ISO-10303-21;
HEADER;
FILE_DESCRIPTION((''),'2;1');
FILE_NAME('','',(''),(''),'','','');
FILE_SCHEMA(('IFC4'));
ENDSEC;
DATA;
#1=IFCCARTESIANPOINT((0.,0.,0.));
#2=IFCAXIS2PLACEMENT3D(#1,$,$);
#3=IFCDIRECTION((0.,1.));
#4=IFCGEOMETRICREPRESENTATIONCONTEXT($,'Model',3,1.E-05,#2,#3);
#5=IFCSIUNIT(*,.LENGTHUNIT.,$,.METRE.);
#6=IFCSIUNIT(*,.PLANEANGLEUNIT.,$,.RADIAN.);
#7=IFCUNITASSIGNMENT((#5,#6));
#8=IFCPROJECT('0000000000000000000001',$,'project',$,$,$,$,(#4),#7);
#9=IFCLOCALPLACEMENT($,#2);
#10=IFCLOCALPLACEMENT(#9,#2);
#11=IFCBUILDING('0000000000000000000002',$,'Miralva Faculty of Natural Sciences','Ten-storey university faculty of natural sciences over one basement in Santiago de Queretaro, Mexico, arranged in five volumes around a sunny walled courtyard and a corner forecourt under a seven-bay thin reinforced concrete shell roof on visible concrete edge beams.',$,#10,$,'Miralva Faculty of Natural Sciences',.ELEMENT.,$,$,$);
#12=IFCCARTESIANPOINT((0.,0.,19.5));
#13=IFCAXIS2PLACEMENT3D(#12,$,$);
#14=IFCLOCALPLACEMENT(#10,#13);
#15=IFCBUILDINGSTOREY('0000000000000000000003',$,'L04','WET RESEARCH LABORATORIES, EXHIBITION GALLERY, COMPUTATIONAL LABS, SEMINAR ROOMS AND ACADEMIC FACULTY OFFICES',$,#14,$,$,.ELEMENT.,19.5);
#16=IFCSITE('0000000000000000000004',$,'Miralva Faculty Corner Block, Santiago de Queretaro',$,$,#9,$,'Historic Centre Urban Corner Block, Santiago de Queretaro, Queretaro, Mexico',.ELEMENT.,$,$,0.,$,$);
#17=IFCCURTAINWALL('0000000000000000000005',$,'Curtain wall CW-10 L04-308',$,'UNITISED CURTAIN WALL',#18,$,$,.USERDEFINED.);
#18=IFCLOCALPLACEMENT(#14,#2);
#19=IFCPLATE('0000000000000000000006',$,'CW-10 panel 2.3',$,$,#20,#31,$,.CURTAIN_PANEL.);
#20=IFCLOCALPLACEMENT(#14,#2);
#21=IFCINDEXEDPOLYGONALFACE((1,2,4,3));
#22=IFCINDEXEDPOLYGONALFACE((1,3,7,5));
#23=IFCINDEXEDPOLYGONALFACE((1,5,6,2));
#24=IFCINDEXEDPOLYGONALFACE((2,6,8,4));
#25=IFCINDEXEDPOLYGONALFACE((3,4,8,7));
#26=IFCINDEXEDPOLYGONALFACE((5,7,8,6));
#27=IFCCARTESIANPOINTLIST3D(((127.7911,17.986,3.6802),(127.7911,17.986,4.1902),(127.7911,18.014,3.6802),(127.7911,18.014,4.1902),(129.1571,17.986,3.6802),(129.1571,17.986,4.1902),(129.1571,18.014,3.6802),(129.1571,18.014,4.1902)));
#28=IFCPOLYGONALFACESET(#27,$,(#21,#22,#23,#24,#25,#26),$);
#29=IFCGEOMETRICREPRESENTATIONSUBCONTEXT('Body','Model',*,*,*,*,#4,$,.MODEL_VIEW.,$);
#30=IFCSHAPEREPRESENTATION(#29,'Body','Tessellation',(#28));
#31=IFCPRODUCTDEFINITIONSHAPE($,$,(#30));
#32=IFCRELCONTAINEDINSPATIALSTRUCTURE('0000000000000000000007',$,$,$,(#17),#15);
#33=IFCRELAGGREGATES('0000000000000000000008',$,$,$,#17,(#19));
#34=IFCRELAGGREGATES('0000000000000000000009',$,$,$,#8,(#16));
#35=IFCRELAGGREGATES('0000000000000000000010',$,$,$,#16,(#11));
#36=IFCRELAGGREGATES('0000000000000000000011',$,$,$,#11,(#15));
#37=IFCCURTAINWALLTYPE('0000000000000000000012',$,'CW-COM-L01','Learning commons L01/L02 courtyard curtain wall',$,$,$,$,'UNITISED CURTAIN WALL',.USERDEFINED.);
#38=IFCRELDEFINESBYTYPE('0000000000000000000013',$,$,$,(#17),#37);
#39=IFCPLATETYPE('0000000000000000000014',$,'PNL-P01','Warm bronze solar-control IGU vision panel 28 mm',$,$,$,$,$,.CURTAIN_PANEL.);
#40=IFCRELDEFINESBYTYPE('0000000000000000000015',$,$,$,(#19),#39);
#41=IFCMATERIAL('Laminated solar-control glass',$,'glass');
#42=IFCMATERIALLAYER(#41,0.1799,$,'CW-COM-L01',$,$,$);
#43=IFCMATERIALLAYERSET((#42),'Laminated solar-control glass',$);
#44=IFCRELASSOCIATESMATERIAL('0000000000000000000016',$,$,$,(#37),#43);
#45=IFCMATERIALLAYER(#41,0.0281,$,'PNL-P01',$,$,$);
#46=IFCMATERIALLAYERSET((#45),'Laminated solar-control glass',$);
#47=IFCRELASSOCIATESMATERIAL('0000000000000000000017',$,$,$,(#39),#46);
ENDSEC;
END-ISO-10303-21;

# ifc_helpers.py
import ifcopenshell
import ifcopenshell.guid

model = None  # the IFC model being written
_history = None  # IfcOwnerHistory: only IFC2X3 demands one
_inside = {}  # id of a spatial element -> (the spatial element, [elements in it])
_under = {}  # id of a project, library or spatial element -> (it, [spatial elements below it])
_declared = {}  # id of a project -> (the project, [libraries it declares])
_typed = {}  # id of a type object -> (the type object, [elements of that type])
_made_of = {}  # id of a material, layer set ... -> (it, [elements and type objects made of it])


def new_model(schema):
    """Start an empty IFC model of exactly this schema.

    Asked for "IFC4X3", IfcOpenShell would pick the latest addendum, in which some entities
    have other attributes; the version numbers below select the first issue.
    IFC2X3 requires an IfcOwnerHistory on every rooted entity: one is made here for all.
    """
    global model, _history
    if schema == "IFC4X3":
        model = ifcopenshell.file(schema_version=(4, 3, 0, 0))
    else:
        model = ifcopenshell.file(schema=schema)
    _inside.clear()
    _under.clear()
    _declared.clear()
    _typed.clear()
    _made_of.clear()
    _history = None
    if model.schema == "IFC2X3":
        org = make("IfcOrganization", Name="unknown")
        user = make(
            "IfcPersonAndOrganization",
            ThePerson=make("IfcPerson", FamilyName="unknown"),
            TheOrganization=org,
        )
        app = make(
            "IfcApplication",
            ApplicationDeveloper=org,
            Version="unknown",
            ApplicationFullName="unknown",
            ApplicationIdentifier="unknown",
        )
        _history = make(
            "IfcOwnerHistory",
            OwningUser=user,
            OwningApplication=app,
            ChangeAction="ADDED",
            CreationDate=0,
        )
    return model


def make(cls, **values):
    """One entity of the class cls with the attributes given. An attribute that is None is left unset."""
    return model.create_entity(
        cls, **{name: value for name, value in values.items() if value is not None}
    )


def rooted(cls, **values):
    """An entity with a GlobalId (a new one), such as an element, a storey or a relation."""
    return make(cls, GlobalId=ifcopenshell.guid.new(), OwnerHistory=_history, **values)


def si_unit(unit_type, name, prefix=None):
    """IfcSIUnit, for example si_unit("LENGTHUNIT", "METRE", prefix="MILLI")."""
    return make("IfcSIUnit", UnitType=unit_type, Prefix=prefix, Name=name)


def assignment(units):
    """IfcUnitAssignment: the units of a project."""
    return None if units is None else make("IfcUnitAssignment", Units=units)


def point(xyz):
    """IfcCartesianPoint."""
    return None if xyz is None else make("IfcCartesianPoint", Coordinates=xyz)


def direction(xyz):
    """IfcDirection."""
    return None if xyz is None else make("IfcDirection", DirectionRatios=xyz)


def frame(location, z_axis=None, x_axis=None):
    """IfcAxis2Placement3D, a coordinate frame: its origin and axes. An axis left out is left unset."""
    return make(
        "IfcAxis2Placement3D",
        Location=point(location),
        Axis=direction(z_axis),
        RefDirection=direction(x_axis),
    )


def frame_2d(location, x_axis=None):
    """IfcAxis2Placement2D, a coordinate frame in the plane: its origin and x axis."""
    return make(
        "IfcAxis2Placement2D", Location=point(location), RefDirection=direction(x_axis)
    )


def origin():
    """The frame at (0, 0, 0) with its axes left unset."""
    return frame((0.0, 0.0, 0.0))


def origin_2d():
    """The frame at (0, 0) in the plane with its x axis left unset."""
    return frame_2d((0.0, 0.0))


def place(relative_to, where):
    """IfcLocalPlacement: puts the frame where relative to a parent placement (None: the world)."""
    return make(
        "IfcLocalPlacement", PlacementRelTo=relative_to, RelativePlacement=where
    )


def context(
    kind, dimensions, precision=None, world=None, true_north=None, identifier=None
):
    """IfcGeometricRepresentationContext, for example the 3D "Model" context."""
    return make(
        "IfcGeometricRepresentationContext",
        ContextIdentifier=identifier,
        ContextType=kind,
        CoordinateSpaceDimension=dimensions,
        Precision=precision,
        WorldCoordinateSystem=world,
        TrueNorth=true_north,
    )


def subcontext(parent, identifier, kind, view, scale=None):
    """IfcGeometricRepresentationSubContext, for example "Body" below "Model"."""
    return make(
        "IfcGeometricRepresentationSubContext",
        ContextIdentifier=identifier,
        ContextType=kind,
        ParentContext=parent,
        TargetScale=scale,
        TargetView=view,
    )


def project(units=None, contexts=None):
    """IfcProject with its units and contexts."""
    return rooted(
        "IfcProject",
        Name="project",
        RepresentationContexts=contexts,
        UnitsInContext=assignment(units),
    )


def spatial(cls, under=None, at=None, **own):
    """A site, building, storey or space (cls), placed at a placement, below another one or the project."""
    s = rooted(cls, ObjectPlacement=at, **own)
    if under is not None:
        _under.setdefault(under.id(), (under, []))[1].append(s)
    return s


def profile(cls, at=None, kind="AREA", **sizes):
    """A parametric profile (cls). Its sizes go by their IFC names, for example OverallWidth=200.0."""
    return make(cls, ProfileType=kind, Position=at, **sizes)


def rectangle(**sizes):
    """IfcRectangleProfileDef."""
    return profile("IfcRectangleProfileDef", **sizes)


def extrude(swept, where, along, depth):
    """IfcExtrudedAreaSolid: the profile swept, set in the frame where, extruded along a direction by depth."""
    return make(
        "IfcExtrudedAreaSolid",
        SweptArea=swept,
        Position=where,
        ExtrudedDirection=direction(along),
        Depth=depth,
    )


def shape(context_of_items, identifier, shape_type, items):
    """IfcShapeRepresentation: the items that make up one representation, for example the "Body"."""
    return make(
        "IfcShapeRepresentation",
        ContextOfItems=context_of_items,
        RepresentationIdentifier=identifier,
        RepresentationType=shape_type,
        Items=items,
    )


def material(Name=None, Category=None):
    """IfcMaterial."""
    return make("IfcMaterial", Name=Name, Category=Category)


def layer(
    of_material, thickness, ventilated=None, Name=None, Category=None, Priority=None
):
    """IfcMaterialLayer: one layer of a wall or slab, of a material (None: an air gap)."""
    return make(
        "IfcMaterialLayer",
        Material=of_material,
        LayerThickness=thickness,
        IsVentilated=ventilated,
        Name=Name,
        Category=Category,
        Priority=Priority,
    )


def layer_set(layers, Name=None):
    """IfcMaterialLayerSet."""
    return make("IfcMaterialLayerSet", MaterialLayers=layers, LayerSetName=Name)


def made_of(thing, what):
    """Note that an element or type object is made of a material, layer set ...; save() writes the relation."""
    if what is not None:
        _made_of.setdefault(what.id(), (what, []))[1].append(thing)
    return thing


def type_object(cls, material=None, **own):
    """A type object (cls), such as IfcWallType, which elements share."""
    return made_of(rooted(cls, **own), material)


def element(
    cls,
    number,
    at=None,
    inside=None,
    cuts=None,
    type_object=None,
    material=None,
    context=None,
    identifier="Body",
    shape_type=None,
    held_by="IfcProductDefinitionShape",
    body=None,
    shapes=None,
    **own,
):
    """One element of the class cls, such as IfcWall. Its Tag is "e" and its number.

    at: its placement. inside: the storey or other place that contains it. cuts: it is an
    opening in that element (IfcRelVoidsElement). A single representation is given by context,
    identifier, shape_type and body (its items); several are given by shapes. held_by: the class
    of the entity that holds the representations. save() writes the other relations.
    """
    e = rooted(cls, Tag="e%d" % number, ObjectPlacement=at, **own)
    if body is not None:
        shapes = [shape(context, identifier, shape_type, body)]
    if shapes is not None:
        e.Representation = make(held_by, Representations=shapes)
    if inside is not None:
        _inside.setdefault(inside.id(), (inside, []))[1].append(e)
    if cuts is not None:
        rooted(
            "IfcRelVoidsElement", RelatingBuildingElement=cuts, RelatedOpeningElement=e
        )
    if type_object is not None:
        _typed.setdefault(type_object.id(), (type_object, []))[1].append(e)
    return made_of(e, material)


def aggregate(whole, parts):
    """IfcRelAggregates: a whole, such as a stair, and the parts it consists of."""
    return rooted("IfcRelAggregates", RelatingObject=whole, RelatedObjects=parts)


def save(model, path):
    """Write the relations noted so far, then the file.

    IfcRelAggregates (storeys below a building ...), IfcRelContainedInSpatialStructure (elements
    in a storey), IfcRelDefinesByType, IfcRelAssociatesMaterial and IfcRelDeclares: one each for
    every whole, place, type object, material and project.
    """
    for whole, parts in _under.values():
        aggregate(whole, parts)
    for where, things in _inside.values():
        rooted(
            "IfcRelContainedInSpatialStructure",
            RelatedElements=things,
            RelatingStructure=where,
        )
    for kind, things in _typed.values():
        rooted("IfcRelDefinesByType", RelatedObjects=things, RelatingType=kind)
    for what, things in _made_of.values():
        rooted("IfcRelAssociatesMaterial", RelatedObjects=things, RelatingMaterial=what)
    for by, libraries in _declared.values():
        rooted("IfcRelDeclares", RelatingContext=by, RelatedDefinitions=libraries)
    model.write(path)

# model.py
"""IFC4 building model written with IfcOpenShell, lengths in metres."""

from ifc_helpers import new_model, si_unit, direction, frame, origin, origin_2d, place, context, subcontext, project, spatial, rectangle, extrude, material, layer, layer_set, type_object, element, aggregate, save


model = new_model("IFC4")

# Units and contexts
model_context = context("Model", 3, precision=1e-05, world=origin(), true_north=direction((0.0, 1.0)))
body_context = subcontext(model_context, "Body", "Model", "MODEL_VIEW")
ifc_project = project(units=[si_unit("LENGTHUNIT", "METRE"), si_unit("PLANEANGLEUNIT", "RADIAN")], contexts=[model_context])

# Site, building, storey
site_placement = place(None, origin())
site = spatial("IfcSite", under=ifc_project, at=site_placement, Name="Miralva Faculty Corner Block, Santiago de Queretaro", LongName="Historic Centre Urban Corner Block, Santiago de Queretaro, Queretaro, Mexico", CompositionType="ELEMENT", RefElevation=0.0)
building_placement = place(site_placement, origin())
building = spatial("IfcBuilding", under=site, at=building_placement, Name="Miralva Faculty of Natural Sciences", Description="Ten-storey university faculty of natural sciences over one basement in Santiago de Queretaro, Mexico, arranged in five volumes around a sunny walled courtyard and a corner forecourt under a seven-bay thin reinforced concrete shell roof on visible concrete edge beams.", LongName="Miralva Faculty of Natural Sciences", CompositionType="ELEMENT")
storey_placement = place(building_placement, frame((0.0, 0.0, 19.5)))
storey = spatial("IfcBuildingStorey", under=building, at=storey_placement, Name="L04", Description="WET RESEARCH LABORATORIES, EXHIBITION GALLERY, COMPUTATIONAL LABS, SEMINAR ROOMS AND ACADEMIC FACULTY OFFICES", CompositionType="ELEMENT", Elevation=19.5)

# Shared definitions
ifc_material_1 = material(Name="Laminated solar-control glass", Category="glass")

# Curtain wall
ifc_layer_1 = layer(ifc_material_1, 0.1799, Name="CW-COM-L01")
ifc_layer_set_1 = layer_set([ifc_layer_1], Name="Laminated solar-control glass")
curtain_wall_type_1 = type_object("IfcCurtainWallType", Name="CW-COM-L01", Description="Learning commons L01/L02 courtyard curtain wall", ElementType="UNITISED CURTAIN WALL", PredefinedType="USERDEFINED", material=ifc_layer_set_1)
curtain_wall_1_placement = place(storey_placement, origin())
curtain_wall_1 = element("IfcCurtainWall", 1, at=curtain_wall_1_placement, inside=storey, type_object=curtain_wall_type_1, Name="Curtain wall CW-10 L04-308", ObjectType="UNITISED CURTAIN WALL", PredefinedType="USERDEFINED")

# Plate
ifc_layer_2 = layer(ifc_material_1, 0.0281, Name="PNL-P01")
ifc_layer_set_2 = layer_set([ifc_layer_2], Name="Laminated solar-control glass")
plate_type = type_object("IfcPlateType", Name="PNL-P01", Description="Warm bronze solar-control IGU vision panel 28 mm", PredefinedType="CURTAIN_PANEL", material=ifc_layer_set_2)
plate_1_placement = place(storey_placement, frame((128.4741, 18.0, 3.6802), z_axis=(0.0, 0.0, 1.0), x_axis=(1.0, 0.0, 0.0)))
plate_1 = element("IfcPlate", 2, at=plate_1_placement, type_object=plate_type, Name="CW-10 panel 2.3", PredefinedType="CURTAIN_PANEL", context=body_context, shape_type="SweptSolid", body=[
    extrude(rectangle(XDim=1.366, YDim=0.0281, at=origin_2d()), origin(), (0.0, 0.0, 1.0), 0.51),
])
aggregate(curtain_wall_1, [plate_1])

save(model, "model.ifc")
